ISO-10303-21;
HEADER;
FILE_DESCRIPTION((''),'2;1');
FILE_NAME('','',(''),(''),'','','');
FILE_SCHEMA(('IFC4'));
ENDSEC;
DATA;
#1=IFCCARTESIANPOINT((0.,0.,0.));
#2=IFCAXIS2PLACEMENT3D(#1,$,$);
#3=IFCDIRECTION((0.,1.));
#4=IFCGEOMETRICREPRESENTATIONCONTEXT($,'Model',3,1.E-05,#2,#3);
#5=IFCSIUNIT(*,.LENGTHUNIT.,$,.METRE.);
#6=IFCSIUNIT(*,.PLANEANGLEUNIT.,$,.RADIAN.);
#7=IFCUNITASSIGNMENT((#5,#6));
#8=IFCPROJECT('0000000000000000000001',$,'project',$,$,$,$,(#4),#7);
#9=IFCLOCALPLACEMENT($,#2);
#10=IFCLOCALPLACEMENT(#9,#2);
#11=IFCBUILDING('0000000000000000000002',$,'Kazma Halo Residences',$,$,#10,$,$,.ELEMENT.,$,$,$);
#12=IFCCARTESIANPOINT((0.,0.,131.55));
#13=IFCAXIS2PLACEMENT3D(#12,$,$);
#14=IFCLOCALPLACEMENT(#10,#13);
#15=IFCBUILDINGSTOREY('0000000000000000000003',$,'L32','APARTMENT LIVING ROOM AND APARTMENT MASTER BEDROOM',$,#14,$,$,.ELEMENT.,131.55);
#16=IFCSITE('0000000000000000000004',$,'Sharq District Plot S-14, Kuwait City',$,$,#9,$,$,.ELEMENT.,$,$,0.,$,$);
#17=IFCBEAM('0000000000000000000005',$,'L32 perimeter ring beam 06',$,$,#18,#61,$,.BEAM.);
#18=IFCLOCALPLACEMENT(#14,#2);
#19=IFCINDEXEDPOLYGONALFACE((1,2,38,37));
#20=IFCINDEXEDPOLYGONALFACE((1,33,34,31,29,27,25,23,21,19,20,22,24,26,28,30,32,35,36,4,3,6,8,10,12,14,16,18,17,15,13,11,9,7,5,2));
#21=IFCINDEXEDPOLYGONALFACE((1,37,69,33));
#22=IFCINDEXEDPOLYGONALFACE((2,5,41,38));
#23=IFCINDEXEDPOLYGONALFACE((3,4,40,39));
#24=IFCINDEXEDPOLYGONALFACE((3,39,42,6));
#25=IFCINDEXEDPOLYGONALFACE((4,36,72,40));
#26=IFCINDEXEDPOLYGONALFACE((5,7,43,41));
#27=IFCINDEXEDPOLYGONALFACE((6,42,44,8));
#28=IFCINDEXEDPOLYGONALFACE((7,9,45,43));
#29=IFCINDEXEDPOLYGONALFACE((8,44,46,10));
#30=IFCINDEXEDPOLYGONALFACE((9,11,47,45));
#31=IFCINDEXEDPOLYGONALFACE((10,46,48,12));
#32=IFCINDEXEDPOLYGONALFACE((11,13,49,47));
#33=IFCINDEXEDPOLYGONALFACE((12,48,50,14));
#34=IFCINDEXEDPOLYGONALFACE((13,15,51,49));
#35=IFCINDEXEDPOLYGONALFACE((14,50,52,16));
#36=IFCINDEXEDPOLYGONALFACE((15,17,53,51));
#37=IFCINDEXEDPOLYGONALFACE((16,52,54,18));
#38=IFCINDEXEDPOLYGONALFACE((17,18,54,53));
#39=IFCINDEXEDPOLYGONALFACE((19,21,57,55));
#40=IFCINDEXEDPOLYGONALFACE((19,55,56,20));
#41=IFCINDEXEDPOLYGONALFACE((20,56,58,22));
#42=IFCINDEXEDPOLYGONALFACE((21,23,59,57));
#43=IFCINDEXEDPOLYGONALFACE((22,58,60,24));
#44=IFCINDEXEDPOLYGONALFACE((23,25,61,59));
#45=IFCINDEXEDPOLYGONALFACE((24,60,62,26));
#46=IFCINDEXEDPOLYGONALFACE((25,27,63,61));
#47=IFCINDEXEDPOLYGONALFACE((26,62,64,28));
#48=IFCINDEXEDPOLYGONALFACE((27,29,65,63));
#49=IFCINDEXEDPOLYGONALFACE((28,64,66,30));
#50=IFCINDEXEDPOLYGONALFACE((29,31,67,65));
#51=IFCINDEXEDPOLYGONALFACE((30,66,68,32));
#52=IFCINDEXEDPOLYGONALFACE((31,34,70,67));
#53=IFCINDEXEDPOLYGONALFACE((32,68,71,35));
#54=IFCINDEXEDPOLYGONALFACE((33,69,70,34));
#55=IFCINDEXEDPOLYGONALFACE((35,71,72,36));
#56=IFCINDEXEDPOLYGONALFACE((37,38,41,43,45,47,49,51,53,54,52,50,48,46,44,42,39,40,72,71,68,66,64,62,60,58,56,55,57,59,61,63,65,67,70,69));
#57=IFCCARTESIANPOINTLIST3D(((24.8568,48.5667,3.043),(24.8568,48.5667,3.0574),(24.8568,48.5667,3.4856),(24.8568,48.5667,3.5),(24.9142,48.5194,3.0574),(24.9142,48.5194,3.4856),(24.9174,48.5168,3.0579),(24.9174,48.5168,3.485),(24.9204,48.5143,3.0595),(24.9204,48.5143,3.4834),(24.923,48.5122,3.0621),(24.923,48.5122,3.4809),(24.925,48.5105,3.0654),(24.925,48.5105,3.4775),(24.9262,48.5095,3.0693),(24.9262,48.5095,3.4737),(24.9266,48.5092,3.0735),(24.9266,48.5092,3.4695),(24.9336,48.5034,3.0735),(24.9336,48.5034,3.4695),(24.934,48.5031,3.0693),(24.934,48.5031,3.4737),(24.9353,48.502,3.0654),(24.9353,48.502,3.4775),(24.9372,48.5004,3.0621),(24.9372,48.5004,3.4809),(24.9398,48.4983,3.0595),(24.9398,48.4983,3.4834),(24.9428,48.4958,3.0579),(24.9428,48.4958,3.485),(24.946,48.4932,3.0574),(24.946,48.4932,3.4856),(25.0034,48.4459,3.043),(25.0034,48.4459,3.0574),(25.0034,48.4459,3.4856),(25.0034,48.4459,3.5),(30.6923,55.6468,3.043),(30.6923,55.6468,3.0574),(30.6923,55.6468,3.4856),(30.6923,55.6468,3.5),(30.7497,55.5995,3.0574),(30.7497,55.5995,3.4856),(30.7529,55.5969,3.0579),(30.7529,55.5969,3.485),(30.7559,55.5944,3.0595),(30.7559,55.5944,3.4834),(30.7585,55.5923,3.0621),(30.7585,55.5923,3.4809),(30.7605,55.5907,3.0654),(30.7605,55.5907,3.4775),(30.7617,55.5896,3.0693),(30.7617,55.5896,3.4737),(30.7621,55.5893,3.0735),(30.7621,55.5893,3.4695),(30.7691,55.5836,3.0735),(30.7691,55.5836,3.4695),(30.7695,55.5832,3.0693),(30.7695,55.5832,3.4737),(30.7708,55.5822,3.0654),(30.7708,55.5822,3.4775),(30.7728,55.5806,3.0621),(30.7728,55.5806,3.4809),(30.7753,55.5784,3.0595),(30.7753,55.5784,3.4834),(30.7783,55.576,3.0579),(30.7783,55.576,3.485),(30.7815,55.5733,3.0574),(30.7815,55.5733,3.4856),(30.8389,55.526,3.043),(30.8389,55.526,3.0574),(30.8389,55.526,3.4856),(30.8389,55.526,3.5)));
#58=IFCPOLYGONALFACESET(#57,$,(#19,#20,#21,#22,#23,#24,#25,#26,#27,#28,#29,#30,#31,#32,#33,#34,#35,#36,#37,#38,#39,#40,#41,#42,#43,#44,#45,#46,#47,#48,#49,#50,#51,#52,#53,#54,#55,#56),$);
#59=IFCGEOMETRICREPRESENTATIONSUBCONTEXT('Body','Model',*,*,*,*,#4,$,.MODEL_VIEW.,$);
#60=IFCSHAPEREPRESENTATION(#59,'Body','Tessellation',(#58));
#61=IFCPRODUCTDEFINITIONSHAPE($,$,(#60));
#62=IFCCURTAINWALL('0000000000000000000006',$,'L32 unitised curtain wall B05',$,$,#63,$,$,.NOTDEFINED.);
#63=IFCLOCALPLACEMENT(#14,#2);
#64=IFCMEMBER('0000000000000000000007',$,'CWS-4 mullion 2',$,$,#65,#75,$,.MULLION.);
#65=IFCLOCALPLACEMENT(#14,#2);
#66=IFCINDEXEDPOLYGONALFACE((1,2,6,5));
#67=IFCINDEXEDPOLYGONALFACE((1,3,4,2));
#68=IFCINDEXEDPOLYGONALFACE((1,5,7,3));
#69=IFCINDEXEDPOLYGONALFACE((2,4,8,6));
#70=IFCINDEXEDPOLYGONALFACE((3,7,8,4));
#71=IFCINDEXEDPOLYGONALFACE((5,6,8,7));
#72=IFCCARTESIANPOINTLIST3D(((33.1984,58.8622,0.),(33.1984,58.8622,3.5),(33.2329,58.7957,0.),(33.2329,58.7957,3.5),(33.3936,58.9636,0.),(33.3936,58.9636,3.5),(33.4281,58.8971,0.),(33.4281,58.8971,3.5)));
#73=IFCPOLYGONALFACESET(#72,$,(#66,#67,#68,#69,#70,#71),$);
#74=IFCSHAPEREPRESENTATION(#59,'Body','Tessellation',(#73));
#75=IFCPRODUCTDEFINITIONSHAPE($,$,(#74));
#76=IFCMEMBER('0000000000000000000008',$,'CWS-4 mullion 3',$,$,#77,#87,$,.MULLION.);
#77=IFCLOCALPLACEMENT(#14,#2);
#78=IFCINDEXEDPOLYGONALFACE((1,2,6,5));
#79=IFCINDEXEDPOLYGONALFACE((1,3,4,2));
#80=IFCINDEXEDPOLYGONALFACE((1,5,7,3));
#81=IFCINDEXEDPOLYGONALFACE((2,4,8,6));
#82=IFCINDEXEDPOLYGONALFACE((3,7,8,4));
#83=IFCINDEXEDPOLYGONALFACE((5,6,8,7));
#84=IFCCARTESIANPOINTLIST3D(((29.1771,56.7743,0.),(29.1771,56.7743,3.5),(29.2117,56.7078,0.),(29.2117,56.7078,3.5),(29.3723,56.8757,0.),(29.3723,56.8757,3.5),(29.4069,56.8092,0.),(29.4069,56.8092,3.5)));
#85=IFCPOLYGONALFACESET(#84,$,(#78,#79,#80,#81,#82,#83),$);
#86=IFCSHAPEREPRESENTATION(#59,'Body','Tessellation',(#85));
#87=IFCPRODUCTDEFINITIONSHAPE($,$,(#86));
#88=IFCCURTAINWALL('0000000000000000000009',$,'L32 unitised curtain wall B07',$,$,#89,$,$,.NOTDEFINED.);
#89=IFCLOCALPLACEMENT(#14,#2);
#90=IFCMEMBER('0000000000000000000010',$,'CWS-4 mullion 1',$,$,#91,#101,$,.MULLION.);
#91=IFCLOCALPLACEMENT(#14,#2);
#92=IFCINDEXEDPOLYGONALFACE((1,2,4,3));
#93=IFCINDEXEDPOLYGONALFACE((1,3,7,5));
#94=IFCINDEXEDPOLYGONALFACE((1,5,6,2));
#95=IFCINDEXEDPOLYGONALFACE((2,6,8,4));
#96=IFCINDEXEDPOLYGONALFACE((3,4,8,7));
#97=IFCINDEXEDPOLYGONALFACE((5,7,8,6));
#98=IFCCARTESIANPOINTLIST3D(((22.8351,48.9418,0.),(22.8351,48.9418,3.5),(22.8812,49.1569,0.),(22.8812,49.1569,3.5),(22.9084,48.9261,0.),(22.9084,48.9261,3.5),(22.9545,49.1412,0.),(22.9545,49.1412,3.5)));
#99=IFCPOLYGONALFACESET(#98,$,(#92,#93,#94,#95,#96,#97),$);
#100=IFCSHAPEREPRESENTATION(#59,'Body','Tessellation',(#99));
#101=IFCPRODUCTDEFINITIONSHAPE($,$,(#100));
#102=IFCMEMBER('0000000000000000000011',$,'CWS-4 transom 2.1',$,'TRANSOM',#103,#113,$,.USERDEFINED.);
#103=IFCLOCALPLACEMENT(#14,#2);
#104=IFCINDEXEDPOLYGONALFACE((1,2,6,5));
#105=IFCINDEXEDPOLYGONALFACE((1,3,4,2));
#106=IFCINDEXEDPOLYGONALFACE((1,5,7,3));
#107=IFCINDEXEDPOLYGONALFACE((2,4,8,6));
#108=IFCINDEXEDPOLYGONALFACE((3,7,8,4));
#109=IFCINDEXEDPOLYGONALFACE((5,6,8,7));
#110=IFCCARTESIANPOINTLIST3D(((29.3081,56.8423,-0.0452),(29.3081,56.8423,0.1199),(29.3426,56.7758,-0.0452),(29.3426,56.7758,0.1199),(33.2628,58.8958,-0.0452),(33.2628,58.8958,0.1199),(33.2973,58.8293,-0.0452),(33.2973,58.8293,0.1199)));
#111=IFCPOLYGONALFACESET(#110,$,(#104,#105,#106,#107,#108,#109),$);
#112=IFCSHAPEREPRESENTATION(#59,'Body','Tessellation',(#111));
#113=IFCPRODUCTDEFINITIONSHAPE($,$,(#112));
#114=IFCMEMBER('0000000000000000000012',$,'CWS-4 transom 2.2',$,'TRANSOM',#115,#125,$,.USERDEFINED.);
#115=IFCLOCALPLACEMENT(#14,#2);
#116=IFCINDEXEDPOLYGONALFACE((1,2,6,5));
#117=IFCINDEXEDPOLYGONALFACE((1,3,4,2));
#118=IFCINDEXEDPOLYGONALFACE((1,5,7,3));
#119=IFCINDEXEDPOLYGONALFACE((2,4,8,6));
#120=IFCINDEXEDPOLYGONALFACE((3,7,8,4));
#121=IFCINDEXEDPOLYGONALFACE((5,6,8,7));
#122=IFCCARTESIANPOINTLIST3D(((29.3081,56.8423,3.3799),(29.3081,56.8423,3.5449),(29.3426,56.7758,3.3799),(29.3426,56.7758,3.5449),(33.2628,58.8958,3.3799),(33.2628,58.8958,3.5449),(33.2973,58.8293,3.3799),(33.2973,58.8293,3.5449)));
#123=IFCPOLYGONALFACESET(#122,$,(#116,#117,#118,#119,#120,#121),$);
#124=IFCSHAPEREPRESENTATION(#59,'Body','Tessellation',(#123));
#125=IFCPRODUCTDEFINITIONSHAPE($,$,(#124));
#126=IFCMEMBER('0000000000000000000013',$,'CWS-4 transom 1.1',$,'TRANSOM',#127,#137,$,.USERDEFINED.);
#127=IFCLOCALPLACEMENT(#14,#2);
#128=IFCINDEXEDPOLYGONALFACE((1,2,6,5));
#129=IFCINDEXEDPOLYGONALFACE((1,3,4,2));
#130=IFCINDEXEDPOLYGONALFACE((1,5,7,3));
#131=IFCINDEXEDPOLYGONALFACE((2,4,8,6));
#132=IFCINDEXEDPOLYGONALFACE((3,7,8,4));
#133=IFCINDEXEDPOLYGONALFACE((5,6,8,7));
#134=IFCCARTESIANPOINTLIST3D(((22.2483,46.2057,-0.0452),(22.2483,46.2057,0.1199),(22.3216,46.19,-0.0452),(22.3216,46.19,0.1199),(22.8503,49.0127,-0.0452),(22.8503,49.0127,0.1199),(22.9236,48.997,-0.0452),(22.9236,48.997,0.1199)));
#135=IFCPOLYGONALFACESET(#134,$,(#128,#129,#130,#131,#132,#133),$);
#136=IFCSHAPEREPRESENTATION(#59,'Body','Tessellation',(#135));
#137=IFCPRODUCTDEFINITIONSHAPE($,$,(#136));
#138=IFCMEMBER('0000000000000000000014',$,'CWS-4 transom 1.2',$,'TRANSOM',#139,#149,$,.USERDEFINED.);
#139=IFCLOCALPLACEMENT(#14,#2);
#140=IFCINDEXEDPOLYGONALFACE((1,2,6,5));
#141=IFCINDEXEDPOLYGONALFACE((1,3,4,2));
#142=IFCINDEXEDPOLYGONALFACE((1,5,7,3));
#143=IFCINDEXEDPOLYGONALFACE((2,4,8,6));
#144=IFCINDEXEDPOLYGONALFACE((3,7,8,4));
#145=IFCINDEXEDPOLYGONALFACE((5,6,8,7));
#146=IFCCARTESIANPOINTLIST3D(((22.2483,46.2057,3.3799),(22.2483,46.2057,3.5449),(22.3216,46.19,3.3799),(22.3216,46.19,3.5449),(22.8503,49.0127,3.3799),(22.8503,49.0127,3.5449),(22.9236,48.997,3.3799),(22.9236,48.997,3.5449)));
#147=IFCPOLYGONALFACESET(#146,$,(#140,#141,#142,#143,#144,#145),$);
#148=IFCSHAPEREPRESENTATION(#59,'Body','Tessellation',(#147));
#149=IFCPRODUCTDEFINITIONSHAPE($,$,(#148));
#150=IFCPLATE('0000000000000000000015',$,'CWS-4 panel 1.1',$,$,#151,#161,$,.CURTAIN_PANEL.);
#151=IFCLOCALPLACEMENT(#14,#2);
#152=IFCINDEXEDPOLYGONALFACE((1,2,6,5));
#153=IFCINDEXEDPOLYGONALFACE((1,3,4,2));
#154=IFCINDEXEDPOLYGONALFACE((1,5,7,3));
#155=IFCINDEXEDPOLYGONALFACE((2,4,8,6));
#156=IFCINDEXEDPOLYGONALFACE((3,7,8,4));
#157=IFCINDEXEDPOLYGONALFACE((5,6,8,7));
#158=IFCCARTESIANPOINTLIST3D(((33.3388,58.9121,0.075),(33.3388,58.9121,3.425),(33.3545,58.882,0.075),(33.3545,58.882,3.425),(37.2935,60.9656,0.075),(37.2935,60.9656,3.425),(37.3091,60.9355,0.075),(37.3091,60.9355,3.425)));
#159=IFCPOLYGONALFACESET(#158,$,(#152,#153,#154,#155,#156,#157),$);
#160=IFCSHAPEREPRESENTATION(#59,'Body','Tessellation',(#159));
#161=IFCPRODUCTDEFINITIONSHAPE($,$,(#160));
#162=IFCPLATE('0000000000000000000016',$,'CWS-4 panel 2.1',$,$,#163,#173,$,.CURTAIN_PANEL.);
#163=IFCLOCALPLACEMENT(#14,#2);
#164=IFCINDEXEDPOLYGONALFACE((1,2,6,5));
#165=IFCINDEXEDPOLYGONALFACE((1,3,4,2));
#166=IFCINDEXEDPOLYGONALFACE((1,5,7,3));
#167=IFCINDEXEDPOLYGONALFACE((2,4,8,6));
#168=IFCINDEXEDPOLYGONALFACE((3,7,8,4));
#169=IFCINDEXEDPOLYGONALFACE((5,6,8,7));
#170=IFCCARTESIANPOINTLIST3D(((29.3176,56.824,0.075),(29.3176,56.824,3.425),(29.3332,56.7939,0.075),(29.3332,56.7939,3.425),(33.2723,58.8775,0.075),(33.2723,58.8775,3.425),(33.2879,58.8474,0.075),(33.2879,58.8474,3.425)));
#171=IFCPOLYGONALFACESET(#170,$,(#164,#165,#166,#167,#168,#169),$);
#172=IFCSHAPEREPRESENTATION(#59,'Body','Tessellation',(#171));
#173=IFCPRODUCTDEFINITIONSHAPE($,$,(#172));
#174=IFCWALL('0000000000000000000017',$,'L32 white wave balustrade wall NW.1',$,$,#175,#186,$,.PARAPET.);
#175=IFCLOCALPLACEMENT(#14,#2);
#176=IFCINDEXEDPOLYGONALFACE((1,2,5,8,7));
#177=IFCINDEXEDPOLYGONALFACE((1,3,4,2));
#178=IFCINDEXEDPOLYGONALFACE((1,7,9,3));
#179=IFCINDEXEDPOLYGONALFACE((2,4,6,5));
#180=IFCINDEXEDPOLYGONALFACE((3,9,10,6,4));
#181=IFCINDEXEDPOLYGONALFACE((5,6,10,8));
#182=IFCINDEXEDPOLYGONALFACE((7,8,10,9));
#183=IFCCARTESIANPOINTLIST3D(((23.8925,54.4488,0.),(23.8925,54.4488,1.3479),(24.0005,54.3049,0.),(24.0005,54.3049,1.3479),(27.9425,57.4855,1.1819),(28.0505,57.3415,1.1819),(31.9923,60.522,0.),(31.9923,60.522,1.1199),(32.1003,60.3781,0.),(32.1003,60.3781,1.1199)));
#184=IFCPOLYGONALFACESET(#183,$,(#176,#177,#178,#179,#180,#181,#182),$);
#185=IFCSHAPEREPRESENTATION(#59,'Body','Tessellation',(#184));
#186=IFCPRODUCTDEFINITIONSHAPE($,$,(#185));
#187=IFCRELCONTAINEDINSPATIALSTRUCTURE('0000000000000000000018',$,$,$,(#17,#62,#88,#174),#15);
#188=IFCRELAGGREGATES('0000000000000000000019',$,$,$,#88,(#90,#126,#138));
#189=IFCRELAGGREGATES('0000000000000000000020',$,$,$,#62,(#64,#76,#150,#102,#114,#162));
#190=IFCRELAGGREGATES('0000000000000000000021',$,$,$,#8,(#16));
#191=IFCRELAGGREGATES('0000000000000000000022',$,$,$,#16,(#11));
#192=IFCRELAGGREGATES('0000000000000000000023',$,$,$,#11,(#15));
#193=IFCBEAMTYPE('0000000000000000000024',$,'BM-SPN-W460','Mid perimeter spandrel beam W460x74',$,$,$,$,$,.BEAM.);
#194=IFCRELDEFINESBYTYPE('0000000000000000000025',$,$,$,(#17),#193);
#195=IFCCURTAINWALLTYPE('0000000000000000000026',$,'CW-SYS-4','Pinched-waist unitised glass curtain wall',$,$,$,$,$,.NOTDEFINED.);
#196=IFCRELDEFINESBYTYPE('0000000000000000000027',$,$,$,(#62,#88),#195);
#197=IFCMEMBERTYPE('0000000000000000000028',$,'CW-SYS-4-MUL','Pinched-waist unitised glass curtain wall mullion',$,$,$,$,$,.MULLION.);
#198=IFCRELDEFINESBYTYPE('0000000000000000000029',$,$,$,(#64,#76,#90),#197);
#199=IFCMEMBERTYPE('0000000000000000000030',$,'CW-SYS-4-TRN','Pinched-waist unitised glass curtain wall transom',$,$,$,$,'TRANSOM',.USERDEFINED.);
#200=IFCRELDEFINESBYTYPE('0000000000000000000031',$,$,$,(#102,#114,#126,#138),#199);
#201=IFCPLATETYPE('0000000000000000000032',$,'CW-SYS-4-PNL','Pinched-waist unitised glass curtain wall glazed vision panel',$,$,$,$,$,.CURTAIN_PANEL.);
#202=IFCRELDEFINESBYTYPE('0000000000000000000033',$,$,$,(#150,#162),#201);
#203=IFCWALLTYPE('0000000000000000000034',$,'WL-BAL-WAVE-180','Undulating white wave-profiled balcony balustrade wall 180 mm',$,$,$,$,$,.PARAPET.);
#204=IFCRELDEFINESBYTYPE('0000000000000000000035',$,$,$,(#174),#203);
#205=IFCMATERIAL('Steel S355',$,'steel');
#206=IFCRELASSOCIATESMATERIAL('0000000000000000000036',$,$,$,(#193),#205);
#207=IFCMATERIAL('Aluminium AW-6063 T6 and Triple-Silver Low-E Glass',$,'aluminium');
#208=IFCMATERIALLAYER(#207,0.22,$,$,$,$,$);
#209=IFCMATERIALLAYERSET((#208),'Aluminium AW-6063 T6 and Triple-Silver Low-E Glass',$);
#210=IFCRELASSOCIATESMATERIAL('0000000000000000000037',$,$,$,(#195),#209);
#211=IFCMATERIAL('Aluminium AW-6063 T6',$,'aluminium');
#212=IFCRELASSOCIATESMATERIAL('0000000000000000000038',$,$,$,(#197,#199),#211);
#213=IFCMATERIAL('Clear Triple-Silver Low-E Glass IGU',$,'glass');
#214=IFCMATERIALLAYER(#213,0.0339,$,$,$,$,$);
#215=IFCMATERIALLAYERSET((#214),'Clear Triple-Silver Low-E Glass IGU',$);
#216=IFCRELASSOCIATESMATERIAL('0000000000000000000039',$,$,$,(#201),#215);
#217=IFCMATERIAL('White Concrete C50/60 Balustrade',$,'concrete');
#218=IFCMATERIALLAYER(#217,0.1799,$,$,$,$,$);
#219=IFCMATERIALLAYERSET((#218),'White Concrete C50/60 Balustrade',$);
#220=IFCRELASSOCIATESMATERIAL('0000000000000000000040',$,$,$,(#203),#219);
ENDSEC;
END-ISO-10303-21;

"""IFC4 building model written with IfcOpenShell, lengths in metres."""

from ifc_helpers import new_model, si_unit, direction, frame, origin, origin_2d, place, context, subcontext, project, spatial, polyline, rectangle, i_section, outline, extrude, material, layer, layer_set, material_profile, profile_set, type_object, element, aggregate, save


model = new_model("IFC4")

# Units and contexts
model_context = context("Model", 3, precision=1e-05, world=origin(), true_north=direction((0.0, 1.0)))
body_context = subcontext(model_context, "Body", "Model", "MODEL_VIEW")
ifc_project = project(units=[si_unit("LENGTHUNIT", "METRE"), si_unit("PLANEANGLEUNIT", "RADIAN")], contexts=[model_context])

# Site, building, storey
site_placement = place(None, origin())
site = spatial("IfcSite", under=ifc_project, at=site_placement, Name="Sharq District Plot S-14, Kuwait City", CompositionType="ELEMENT", RefElevation=0.0)
building_placement = place(site_placement, origin())
building = spatial("IfcBuilding", under=site, at=building_placement, Name="Kazma Halo Residences", CompositionType="ELEMENT")
storey_placement = place(building_placement, frame((0.0, 0.0, 131.55)))
storey = spatial("IfcBuildingStorey", under=building, at=storey_placement, Name="L32", Description="APARTMENT LIVING ROOM AND APARTMENT MASTER BEDROOM", CompositionType="ELEMENT", Elevation=131.55)

# Beam
ifc_material_1 = material(Name="Steel S355", Category="steel")
ifc_material_profile_1 = material_profile(ifc_material_1, i_section(OverallWidth=0.1899, OverallDepth=0.457, WebThickness=0.009, FlangeThickness=0.0144, FilletRadius=0.0161, at=origin_2d()), Name="W460x74")
ifc_profile_set_1 = profile_set([ifc_material_profile_1], Name="Steel S355")
beam_type_1 = type_object("IfcBeamType", Name="BM-SPN-W460", Description="Mid perimeter spandrel beam W460x74", PredefinedType="BEAM", material=ifc_profile_set_1)
beam_1_placement = place(storey_placement, frame((30.7656, 55.5864, 3.2715), z_axis=(-0.636019, -0.771674, 0.0), x_axis=(0.771674, -0.636019, 0.0)))
element("IfcBeam", 1, at=beam_1_placement, inside=storey, type_object=beam_type_1, Name="L32 perimeter ring beam 06", PredefinedType="BEAM", context=body_context, shape_type="SweptSolid", body=[
    extrude(i_section(OverallWidth=0.1899, OverallDepth=0.457, WebThickness=0.009, FlangeThickness=0.0144, FilletRadius=0.0161, at=origin_2d()), origin(), (0.0, 0.0, 1.0), 9.175),
])

# Curtain wall, members
ifc_material_2 = material(Name="Aluminium AW-6063 T6 and Triple-Silver Low-E Glass", Category="aluminium")
ifc_layer_1 = layer(ifc_material_2, 0.22)
ifc_layer_set_1 = layer_set([ifc_layer_1], Name="Aluminium AW-6063 T6 and Triple-Silver Low-E Glass")
curtain_wall_type = type_object("IfcCurtainWallType", Name="CW-SYS-4", Description="Pinched-waist unitised glass curtain wall", PredefinedType="NOTDEFINED", material=ifc_layer_set_1)
curtain_wall_1_placement = place(storey_placement, origin())
curtain_wall_1 = element("IfcCurtainWall", 2, at=curtain_wall_1_placement, inside=storey, type_object=curtain_wall_type, Name="L32 unitised curtain wall B05", PredefinedType="NOTDEFINED")
ifc_material_3 = material(Name="Aluminium AW-6063 T6", Category="aluminium")
ifc_material_profile_2 = material_profile(ifc_material_3, rectangle(XDim=0.075, YDim=0.22, at=origin_2d()), Name="CWM-75x220")
ifc_profile_set_2 = profile_set([ifc_material_profile_2], Name="Aluminium AW-6063 T6")
member_type_1 = type_object("IfcMemberType", Name="CW-SYS-4-MUL", Description="Pinched-waist unitised glass curtain wall mullion", PredefinedType="MULLION", material=ifc_profile_set_2)
member_1_placement = place(storey_placement, frame((33.3132, 58.8796, 0.0), z_axis=(0.0, 0.0, 1.0), x_axis=(0.460837, -0.887485, 0.0)))
member_1 = element("IfcMember", 3, at=member_1_placement, type_object=member_type_1, Name="CWS-4 mullion 2", PredefinedType="MULLION", context=body_context, shape_type="SweptSolid", body=[
    extrude(rectangle(XDim=0.075, YDim=0.22, at=origin_2d()), origin(), (0.0, 0.0, 1.0), 3.5),
])
member_2_placement = place(storey_placement, frame((29.292, 56.7917, 0.0), z_axis=(0.0, 0.0, 1.0), x_axis=(0.460837, -0.887485, 0.0)))
member_2 = element("IfcMember", 4, at=member_2_placement, type_object=member_type_1, Name="CWS-4 mullion 3", PredefinedType="MULLION", context=body_context, shape_type="SweptSolid", body=[
    extrude(rectangle(XDim=0.075, YDim=0.22, at=origin_2d()), origin(), (0.0, 0.0, 1.0), 3.5),
])

# Curtain wall, member
curtain_wall_2_placement = place(storey_placement, origin())
curtain_wall_2 = element("IfcCurtainWall", 5, at=curtain_wall_2_placement, inside=storey, type_object=curtain_wall_type, Name="L32 unitised curtain wall B07", PredefinedType="NOTDEFINED")
member_3_placement = place(storey_placement, frame((22.8948, 49.0415, 0.0), z_axis=(0.0, 0.0, 1.0), x_axis=(0.977765, -0.209704, 0.0)))
member_3 = element("IfcMember", 6, at=member_3_placement, type_object=member_type_1, Name="CWS-4 mullion 1", PredefinedType="MULLION", context=body_context, shape_type="SweptSolid", body=[
    extrude(rectangle(XDim=0.075, YDim=0.22, at=origin_2d()), origin(), (0.0, 0.0, 1.0), 3.5),
])

# Members
ifc_material_profile_3 = material_profile(ifc_material_3, rectangle(XDim=0.075, YDim=0.165, at=origin_2d()), Name="CWT-75x165")
ifc_profile_set_3 = profile_set([ifc_material_profile_3], Name="Aluminium AW-6063 T6")
member_type_2 = type_object("IfcMemberType", Name="CW-SYS-4-TRN", Description="Pinched-waist unitised glass curtain wall transom", ElementType="TRANSOM", PredefinedType="USERDEFINED", material=ifc_profile_set_3)
member_4_placement = place(storey_placement, frame((33.28, 58.8625, 0.0374), z_axis=(-0.887485, -0.460837, 0.0), x_axis=(0.460837, -0.887485, 0.0)))
member_4 = element("IfcMember", 7, at=member_4_placement, type_object=member_type_2, Name="CWS-4 transom 2.1", ObjectType="TRANSOM", PredefinedType="USERDEFINED", context=body_context, shape_type="SweptSolid", body=[
    extrude(rectangle(XDim=0.075, YDim=0.165, at=origin_2d()), origin(), (0.0, 0.0, 1.0), 4.4561),
])
member_5_placement = place(storey_placement, frame((33.28, 58.8625, 3.4624), z_axis=(-0.887485, -0.460837, 0.0), x_axis=(0.460837, -0.887485, 0.0)))
member_5 = element("IfcMember", 8, at=member_5_placement, type_object=member_type_2, Name="CWS-4 transom 2.2", ObjectType="TRANSOM", PredefinedType="USERDEFINED", context=body_context, shape_type="SweptSolid", body=[
    extrude(rectangle(XDim=0.075, YDim=0.165, at=origin_2d()), origin(), (0.0, 0.0, 1.0), 4.4561),
])
member_6_placement = place(storey_placement, frame((22.887, 49.0049, 0.0374), z_axis=(-0.209703, -0.977765, 0.0), x_axis=(0.977765, -0.209703, 0.0)))
member_6 = element("IfcMember", 9, at=member_6_placement, type_object=member_type_2, Name="CWS-4 transom 1.1", ObjectType="TRANSOM", PredefinedType="USERDEFINED", context=body_context, shape_type="SweptSolid", body=[
    extrude(rectangle(XDim=0.075, YDim=0.165, at=origin_2d()), origin(), (0.0, 0.0, 1.0), 2.8708),
])
member_7_placement = place(storey_placement, frame((22.887, 49.0049, 3.4624), z_axis=(-0.209703, -0.977765, 0.0), x_axis=(0.977765, -0.209703, 0.0)))
member_7 = element("IfcMember", 10, at=member_7_placement, type_object=member_type_2, Name="CWS-4 transom 1.2", ObjectType="TRANSOM", PredefinedType="USERDEFINED", context=body_context, shape_type="SweptSolid", body=[
    extrude(rectangle(XDim=0.075, YDim=0.165, at=origin_2d()), origin(), (0.0, 0.0, 1.0), 2.8708),
])
aggregate(curtain_wall_2, [member_3, member_6, member_7])

# Plates
ifc_material_4 = material(Name="Clear Triple-Silver Low-E Glass IGU", Category="glass")
ifc_layer_2 = layer(ifc_material_4, 0.0339)
ifc_layer_set_2 = layer_set([ifc_layer_2], Name="Clear Triple-Silver Low-E Glass IGU")
plate_type = type_object("IfcPlateType", Name="CW-SYS-4-PNL", Description="Pinched-waist unitised glass curtain wall glazed vision panel", PredefinedType="CURTAIN_PANEL", material=ifc_layer_set_2)
plate_1_placement = place(storey_placement, frame((35.324, 59.9238, 0.075), z_axis=(0.0, 0.0, 1.0), x_axis=(-0.887485, -0.460837, 0.0)))
plate_1 = element("IfcPlate", 11, at=plate_1_placement, type_object=plate_type, Name="CWS-4 panel 1.1", PredefinedType="CURTAIN_PANEL", context=body_context, shape_type="SweptSolid", body=[
    extrude(rectangle(XDim=4.4561, YDim=0.0339, at=origin_2d()), origin(), (0.0, 0.0, 1.0), 3.3501),
])
plate_2_placement = place(storey_placement, frame((31.3027, 57.8357, 0.075), z_axis=(0.0, 0.0, 1.0), x_axis=(-0.887485, -0.460837, 0.0)))
plate_2 = element("IfcPlate", 12, at=plate_2_placement, type_object=plate_type, Name="CWS-4 panel 2.1", PredefinedType="CURTAIN_PANEL", context=body_context, shape_type="SweptSolid", body=[
    extrude(rectangle(XDim=4.4561, YDim=0.0339, at=origin_2d()), origin(), (0.0, 0.0, 1.0), 3.3501),
])
aggregate(curtain_wall_1, [member_1, member_2, plate_1, member_4, member_5, plate_2])

# Wall
ifc_material_5 = material(Name="White Concrete C50/60 Balustrade", Category="concrete")
ifc_layer_3 = layer(ifc_material_5, 0.1799)
ifc_layer_set_3 = layer_set([ifc_layer_3], Name="White Concrete C50/60 Balustrade")
wall_type_1 = type_object("IfcWallType", Name="WL-BAL-WAVE-180", Description="Undulating white wave-profiled balcony balustrade wall 180 mm", PredefinedType="PARAPET", material=ifc_layer_set_3)
wall_1_placement = place(storey_placement, frame((32.0464, 60.45, 0.0), z_axis=(0.0, 0.0, 1.0), x_axis=(-0.800078, -0.599896, 0.0)))
element("IfcWall", 13, at=wall_1_placement, inside=storey, type_object=wall_type_1, Name="L32 white wave balustrade wall NW.1", PredefinedType="PARAPET", context=body_context, shape_type="SweptSolid", body=[
    extrude(outline(polyline([(0.0, 0.0), (10.1238, 0.0), (10.1238, 1.3479), (5.0618, 1.1819), (0.0, 1.1199), (0.0, 0.0)])), frame((0.0, 0.0898, 0.0), z_axis=(0.0, -1.0, 0.0), x_axis=(1.0, 0.0, 0.0)), (0.0, 0.0, 1.0), 0.1799),
])

save(model, "model.ifc")
